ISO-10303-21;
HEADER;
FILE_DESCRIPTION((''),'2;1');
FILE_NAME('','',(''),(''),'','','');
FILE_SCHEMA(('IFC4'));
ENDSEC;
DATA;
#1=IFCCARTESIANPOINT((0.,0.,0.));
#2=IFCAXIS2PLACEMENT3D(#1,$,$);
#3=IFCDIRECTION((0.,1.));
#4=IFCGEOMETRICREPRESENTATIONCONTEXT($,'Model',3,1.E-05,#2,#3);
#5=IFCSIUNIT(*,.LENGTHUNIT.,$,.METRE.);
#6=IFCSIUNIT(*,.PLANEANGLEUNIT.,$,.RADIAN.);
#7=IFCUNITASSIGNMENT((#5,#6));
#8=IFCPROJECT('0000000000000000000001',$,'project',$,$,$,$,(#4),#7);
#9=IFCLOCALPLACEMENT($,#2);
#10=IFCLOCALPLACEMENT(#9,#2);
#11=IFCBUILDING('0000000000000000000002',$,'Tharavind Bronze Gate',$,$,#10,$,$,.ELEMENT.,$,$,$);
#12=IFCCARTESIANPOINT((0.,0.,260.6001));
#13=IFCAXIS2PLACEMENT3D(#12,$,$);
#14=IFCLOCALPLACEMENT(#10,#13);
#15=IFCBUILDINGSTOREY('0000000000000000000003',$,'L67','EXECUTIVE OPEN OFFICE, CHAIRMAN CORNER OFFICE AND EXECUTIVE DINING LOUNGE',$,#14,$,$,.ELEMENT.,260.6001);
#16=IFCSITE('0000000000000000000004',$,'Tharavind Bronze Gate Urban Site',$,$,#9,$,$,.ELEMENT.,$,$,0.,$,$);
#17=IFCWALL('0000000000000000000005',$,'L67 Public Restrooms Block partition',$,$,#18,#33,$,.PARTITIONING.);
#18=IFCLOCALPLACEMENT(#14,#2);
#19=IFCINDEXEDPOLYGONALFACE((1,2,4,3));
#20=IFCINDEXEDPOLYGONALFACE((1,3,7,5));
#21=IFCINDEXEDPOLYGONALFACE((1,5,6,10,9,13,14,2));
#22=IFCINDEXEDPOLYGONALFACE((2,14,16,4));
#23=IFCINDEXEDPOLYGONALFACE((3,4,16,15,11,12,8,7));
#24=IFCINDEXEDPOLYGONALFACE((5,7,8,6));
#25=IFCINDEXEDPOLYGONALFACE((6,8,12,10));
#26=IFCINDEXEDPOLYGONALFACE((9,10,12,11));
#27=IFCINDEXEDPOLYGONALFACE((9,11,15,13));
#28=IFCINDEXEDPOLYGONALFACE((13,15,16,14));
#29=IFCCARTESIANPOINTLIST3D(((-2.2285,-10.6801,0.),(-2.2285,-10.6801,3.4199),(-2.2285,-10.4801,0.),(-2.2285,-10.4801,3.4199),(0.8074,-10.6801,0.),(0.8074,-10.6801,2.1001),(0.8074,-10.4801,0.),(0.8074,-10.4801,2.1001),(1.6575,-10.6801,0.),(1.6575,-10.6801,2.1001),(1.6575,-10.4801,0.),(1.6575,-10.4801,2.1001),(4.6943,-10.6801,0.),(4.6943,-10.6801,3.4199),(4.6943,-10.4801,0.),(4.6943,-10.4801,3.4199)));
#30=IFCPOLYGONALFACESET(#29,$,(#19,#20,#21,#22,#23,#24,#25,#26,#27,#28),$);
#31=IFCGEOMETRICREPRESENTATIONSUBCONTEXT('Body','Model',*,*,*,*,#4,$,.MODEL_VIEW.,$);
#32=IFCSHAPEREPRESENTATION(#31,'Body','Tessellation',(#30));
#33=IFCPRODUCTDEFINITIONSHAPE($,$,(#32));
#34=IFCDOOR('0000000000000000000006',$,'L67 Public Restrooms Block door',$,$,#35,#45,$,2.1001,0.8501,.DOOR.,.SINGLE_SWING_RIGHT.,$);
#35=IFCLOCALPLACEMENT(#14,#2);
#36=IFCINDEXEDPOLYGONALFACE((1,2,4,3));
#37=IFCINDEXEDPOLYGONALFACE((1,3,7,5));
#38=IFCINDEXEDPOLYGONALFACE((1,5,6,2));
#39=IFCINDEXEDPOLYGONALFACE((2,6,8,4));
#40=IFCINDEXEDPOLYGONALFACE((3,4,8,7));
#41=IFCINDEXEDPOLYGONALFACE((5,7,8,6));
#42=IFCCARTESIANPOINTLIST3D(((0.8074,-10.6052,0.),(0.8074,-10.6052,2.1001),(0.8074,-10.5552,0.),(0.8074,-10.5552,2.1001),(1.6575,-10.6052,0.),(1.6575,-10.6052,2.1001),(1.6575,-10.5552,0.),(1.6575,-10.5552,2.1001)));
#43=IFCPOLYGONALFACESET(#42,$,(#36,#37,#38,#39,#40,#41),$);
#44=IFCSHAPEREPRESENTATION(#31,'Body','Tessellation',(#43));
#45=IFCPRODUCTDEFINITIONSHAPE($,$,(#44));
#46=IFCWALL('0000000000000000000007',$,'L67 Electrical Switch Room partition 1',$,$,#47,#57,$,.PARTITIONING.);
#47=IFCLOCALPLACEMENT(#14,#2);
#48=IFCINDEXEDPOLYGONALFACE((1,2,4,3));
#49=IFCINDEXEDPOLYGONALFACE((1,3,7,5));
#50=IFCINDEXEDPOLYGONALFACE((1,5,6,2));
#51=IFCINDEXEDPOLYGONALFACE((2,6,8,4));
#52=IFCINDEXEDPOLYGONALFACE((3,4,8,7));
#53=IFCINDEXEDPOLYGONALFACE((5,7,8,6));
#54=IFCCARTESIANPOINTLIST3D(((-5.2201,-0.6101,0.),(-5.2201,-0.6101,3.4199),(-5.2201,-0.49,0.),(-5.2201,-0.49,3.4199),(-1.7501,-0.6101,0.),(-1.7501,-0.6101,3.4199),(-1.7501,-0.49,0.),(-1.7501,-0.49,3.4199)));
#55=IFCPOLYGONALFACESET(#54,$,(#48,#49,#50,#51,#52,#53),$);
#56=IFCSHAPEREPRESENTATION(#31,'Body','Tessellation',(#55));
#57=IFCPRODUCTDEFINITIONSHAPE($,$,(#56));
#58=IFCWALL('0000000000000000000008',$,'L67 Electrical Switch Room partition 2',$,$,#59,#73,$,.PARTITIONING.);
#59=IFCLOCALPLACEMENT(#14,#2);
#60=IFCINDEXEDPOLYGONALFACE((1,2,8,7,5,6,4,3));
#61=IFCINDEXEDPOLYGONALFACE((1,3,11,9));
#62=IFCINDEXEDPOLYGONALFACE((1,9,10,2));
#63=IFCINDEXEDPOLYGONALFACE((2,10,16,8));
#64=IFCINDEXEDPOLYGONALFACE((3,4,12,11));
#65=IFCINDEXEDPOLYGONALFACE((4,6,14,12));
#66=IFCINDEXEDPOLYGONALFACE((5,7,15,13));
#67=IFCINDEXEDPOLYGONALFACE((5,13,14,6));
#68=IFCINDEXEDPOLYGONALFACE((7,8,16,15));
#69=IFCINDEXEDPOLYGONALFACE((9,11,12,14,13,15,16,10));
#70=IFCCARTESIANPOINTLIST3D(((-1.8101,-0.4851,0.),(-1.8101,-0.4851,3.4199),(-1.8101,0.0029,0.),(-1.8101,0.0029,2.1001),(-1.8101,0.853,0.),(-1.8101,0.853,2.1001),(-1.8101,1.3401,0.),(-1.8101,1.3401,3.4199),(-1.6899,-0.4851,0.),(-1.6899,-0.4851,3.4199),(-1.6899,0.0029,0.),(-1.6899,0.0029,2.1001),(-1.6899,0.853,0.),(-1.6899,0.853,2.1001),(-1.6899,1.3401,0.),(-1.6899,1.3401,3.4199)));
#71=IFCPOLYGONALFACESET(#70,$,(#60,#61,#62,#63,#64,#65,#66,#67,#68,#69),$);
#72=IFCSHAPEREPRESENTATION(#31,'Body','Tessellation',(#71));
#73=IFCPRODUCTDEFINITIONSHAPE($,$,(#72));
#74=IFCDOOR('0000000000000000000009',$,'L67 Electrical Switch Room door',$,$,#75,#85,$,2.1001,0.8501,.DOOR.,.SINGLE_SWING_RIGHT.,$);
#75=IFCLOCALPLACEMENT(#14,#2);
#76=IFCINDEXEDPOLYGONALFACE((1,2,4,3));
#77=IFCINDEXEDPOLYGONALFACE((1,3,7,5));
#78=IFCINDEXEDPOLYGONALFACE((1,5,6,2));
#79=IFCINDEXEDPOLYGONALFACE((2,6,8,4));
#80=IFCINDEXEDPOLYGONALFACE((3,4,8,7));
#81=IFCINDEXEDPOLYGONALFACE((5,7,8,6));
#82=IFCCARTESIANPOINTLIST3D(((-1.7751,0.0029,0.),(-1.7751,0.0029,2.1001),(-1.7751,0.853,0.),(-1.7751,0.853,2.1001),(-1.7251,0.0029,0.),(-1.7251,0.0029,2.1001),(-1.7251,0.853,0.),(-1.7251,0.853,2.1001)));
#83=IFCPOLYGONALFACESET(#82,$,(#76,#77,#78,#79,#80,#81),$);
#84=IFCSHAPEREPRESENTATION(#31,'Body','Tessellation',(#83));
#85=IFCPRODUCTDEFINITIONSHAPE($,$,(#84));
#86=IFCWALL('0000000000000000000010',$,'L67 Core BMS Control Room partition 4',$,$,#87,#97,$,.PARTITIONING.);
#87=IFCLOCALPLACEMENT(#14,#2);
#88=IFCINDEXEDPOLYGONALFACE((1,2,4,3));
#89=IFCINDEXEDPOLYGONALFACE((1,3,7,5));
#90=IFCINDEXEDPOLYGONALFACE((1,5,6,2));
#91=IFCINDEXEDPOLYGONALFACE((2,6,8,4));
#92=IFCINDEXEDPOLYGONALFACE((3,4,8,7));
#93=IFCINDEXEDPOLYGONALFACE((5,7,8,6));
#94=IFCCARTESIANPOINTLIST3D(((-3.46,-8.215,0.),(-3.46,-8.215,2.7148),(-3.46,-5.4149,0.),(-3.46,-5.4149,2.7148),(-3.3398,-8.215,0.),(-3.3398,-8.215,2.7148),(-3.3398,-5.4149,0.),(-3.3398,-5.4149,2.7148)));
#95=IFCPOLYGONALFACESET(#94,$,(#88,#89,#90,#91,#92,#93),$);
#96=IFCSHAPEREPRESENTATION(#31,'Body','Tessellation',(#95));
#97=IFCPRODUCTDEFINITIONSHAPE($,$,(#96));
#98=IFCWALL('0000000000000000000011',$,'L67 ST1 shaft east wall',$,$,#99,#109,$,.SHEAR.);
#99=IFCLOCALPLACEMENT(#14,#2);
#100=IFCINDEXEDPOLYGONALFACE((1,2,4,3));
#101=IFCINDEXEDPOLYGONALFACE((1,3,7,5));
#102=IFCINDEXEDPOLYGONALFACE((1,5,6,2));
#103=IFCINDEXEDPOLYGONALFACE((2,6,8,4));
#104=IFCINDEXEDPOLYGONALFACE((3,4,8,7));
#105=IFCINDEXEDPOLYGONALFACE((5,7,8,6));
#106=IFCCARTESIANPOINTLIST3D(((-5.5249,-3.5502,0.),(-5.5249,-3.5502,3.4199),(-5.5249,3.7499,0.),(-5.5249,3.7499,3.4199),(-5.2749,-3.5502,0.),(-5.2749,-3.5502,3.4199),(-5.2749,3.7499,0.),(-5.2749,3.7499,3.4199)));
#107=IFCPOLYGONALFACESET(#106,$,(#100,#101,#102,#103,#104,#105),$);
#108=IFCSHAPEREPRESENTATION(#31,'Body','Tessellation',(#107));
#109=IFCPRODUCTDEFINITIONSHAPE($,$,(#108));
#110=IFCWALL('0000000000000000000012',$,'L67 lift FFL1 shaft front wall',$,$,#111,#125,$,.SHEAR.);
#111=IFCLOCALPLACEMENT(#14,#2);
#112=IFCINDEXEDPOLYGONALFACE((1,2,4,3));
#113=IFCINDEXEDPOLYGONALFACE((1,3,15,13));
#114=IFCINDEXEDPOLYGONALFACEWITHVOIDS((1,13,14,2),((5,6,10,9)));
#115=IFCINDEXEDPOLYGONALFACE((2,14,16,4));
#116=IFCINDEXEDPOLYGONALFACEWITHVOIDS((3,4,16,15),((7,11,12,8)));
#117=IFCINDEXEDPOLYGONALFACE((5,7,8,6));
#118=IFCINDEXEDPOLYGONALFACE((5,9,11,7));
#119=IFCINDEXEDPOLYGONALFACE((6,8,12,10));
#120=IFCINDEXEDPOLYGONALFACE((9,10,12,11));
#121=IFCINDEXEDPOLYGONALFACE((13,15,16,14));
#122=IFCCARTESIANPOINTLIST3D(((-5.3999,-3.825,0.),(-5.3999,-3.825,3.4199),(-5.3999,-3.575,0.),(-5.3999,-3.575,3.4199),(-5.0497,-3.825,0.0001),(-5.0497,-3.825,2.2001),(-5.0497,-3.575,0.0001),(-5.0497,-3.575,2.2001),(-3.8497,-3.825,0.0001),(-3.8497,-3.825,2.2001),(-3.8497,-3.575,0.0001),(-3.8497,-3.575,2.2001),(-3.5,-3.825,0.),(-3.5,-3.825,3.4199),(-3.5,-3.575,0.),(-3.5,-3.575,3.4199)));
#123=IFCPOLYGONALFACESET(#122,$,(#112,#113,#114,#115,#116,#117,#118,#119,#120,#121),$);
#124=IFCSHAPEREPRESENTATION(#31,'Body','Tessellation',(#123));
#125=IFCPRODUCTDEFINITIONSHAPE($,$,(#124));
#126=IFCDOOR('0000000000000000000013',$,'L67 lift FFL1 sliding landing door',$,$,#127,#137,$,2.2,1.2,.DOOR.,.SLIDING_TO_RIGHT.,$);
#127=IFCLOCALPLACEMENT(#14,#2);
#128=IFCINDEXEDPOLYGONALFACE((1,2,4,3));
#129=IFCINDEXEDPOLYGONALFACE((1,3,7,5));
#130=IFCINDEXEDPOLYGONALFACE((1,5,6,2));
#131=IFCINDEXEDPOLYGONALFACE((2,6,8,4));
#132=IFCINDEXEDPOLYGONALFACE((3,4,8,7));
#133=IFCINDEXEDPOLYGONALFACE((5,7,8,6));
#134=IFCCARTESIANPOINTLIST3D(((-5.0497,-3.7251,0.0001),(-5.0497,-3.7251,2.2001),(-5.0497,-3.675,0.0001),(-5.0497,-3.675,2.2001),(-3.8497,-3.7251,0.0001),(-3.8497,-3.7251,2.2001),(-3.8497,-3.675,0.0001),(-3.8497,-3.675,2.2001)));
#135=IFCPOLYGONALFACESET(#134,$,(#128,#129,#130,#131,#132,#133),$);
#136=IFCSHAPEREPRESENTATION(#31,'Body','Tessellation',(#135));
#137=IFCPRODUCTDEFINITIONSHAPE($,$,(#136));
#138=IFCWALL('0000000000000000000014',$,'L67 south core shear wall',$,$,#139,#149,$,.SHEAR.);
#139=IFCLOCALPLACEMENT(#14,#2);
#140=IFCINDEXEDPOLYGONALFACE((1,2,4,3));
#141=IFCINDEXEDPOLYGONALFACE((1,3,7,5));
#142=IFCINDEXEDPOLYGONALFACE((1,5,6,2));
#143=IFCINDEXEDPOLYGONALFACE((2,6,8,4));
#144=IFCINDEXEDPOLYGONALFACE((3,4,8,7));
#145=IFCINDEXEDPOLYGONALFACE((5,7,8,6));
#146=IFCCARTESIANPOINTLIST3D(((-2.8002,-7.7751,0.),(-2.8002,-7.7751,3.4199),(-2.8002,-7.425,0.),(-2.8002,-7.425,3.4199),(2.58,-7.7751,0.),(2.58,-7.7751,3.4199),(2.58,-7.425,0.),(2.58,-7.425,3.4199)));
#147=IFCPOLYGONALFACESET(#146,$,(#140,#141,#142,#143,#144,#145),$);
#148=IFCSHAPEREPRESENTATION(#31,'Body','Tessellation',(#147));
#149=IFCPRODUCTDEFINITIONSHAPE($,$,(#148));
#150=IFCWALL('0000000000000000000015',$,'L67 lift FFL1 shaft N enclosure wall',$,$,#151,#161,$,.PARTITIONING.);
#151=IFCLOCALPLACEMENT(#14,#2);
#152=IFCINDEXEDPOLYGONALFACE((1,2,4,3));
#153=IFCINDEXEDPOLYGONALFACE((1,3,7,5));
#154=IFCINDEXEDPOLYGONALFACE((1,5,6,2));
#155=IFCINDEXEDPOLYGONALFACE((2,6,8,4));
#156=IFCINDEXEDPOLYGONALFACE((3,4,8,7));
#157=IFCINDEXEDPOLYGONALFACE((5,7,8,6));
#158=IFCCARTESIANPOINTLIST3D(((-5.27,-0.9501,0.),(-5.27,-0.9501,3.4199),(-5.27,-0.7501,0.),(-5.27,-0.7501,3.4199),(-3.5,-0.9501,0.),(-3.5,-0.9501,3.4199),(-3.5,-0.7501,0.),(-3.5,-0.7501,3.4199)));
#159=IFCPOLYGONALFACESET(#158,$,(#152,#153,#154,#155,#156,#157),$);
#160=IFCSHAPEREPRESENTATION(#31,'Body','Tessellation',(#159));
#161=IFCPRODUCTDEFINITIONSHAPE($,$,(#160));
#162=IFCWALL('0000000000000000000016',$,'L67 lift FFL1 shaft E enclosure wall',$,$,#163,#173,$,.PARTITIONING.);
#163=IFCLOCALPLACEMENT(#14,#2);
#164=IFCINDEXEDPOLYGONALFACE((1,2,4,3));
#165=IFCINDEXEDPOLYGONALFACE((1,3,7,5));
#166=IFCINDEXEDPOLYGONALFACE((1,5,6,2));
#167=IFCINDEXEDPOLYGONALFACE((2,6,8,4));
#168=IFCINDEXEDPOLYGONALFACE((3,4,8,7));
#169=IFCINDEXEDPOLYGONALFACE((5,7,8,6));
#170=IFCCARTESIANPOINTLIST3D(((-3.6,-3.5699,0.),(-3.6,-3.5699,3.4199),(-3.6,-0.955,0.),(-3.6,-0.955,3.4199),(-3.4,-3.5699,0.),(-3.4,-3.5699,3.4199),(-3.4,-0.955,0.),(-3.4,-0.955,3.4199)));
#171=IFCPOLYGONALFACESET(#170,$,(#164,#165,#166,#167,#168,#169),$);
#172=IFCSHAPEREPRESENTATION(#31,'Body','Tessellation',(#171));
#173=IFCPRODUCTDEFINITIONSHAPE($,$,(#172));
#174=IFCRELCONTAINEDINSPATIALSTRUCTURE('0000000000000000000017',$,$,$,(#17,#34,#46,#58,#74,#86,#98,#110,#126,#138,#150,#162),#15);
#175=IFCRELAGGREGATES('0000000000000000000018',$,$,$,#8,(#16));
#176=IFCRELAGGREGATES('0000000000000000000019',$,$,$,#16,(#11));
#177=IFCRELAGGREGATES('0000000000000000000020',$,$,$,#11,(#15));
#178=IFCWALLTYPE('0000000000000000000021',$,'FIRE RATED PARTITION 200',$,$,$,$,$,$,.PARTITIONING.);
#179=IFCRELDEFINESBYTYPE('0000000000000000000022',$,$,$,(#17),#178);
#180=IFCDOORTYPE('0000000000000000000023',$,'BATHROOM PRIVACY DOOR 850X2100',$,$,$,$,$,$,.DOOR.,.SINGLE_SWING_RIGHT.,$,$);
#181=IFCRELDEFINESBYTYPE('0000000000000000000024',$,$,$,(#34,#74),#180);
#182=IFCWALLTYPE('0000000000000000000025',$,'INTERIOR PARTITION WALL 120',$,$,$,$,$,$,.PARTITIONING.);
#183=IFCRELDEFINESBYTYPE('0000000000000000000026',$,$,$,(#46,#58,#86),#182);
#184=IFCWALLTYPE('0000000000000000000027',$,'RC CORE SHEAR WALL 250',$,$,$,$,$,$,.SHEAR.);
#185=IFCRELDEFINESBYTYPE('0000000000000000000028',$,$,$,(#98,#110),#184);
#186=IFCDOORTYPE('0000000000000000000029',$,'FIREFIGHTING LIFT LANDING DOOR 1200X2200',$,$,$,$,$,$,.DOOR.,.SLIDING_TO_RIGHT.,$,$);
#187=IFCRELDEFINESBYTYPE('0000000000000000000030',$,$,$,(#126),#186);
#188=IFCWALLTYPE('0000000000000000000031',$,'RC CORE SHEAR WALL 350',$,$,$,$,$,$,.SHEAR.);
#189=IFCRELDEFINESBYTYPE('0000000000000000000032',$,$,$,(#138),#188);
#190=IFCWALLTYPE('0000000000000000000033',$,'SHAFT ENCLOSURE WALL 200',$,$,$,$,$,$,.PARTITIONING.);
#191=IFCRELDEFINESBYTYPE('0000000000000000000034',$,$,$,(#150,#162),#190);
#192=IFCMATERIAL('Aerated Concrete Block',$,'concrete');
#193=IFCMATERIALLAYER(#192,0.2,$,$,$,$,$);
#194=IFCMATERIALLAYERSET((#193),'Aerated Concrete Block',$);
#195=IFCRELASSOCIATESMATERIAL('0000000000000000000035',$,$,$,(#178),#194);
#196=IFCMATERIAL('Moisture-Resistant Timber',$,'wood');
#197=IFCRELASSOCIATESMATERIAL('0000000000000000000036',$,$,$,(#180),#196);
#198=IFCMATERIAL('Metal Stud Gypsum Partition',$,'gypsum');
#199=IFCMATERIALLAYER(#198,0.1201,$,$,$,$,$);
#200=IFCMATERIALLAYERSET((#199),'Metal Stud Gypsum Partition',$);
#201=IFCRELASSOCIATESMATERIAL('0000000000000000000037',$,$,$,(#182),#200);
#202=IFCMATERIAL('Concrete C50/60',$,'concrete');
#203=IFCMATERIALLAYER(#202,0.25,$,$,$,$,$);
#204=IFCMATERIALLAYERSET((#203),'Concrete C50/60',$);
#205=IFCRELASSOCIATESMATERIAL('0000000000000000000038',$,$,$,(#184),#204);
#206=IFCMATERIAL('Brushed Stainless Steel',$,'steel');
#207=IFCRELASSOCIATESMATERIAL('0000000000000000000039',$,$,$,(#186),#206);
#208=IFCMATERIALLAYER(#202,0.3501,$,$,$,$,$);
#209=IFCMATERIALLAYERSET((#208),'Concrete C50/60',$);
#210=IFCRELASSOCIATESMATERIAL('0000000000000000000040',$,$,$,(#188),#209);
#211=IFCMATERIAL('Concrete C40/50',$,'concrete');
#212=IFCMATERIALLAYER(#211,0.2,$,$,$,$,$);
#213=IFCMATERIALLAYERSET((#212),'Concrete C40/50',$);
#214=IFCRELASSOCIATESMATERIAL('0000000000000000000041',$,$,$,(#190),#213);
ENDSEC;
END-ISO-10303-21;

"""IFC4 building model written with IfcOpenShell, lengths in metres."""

from ifc_helpers import new_model, si_unit, direction, frame, frame_2d, origin, place, context, subcontext, project, spatial, rectangle, extrude, material, layer, layer_set, type_object, element, fill, save


model = new_model("IFC4")

# Units and contexts
model_context = context("Model", 3, precision=1e-05, world=origin(), true_north=direction((0.0, 1.0)))
body_context = subcontext(model_context, "Body", "Model", "MODEL_VIEW")
ifc_project = project(units=[si_unit("LENGTHUNIT", "METRE"), si_unit("PLANEANGLEUNIT", "RADIAN")], contexts=[model_context])

# Site, building, storey
site_placement = place(None, origin())
site = spatial("IfcSite", under=ifc_project, at=site_placement, Name="Tharavind Bronze Gate Urban Site", CompositionType="ELEMENT", RefElevation=0.0)
building_placement = place(site_placement, origin())
building = spatial("IfcBuilding", under=site, at=building_placement, Name="Tharavind Bronze Gate", CompositionType="ELEMENT")
storey_placement = place(building_placement, frame((0.0, 0.0, 260.6001)))
storey = spatial("IfcBuildingStorey", under=building, at=storey_placement, Name="L67", Description="EXECUTIVE OPEN OFFICE, CHAIRMAN CORNER OFFICE AND EXECUTIVE DINING LOUNGE", CompositionType="ELEMENT", Elevation=260.6001)

# Shared definitions
ifc_material_1 = material(Name="Concrete C50/60", Category="concrete")

# Shared definitions
ifc_material_2 = material(Name="Concrete C40/50", Category="concrete")

# Wall, opening, door
ifc_material_3 = material(Name="Aerated Concrete Block", Category="concrete")
ifc_layer_1 = layer(ifc_material_3, 0.2)
ifc_layer_set_1 = layer_set([ifc_layer_1], Name="Aerated Concrete Block")
wall_type_1 = type_object("IfcWallType", Name="FIRE RATED PARTITION 200", PredefinedType="PARTITIONING", material=ifc_layer_set_1)
wall_1_placement = place(storey_placement, frame((-2.2285, -10.5801, 0.0), z_axis=(0.0, 0.0, 1.0), x_axis=(1.0, 0.0, 0.0)))
wall_1 = element("IfcWall", 1, at=wall_1_placement, inside=storey, type_object=wall_type_1, Name="L67 Public Restrooms Block partition", PredefinedType="PARTITIONING", context=body_context, shape_type="SweptSolid", body=[
    extrude(rectangle(XDim=6.9229, YDim=0.2, at=frame_2d((3.4614, 0.0))), origin(), (0.0, 0.0, 1.0), 3.4199),
])
opening_1_placement = place(wall_1_placement, frame((3.0359, 0.0, 0.0)))
opening_1 = element("IfcOpeningElement", 2, at=opening_1_placement, cuts=wall_1, PredefinedType="OPENING", context=body_context, shape_type="SweptSolid", body=[
    extrude(rectangle(XDim=0.8501, YDim=2.1001, at=frame_2d((0.425, 1.05))), frame((0.0, 0.1101, 0.0), z_axis=(0.0, -1.0, 0.0), x_axis=(1.0, 0.0, 0.0)), (0.0, 0.0, 1.0), 0.22),
])
ifc_material_4 = material(Name="Moisture-Resistant Timber", Category="wood")
door_type_1 = type_object("IfcDoorType", Name="BATHROOM PRIVACY DOOR 850X2100", OperationType="SINGLE_SWING_RIGHT", PredefinedType="DOOR", material=ifc_material_4)
door_1_placement = place(opening_1_placement, origin())
door_1 = element("IfcDoor", 3, at=door_1_placement, inside=storey, type_object=door_type_1, Name="L67 Public Restrooms Block door", OperationType="SINGLE_SWING_RIGHT", OverallHeight=2.1001, OverallWidth=0.8501, PredefinedType="DOOR", context=body_context, shape_type="SweptSolid", body=[
    extrude(rectangle(XDim=0.8501, YDim=2.1001, at=frame_2d((0.425, 1.05))), frame((0.0, 0.0249, 0.0), z_axis=(0.0, -1.0, 0.0), x_axis=(1.0, 0.0, 0.0)), (0.0, 0.0, 1.0), 0.05),
])
fill(opening_1, door_1)

# Wall
ifc_material_5 = material(Name="Metal Stud Gypsum Partition", Category="gypsum")
ifc_layer_2 = layer(ifc_material_5, 0.1201)
ifc_layer_set_2 = layer_set([ifc_layer_2], Name="Metal Stud Gypsum Partition")
wall_type_2 = type_object("IfcWallType", Name="INTERIOR PARTITION WALL 120", PredefinedType="PARTITIONING", material=ifc_layer_set_2)
wall_2_placement = place(storey_placement, frame((-5.22, -0.55, 0.0), z_axis=(0.0, 0.0, 1.0), x_axis=(1.0, 0.0, 0.0)))
element("IfcWall", 4, at=wall_2_placement, inside=storey, type_object=wall_type_2, Name="L67 Electrical Switch Room partition 1", PredefinedType="PARTITIONING", context=body_context, shape_type="SweptSolid", body=[
    extrude(rectangle(XDim=3.47, YDim=0.1201, at=frame_2d((1.7349, 0.0))), origin(), (0.0, 0.0, 1.0), 3.4199),
])

# Wall, opening, door
wall_3_placement = place(storey_placement, frame((-1.75, -0.4851, 0.0), z_axis=(0.0, 0.0, 1.0), x_axis=(0.0, 1.0, 0.0)))
wall_3 = element("IfcWall", 5, at=wall_3_placement, inside=storey, type_object=wall_type_2, Name="L67 Electrical Switch Room partition 2", PredefinedType="PARTITIONING", context=body_context, shape_type="SweptSolid", body=[
    extrude(rectangle(XDim=1.8252, YDim=0.1201, at=frame_2d((0.9126, 0.0))), origin(), (0.0, 0.0, 1.0), 3.4199),
])
opening_2_placement = place(wall_3_placement, frame((0.488, 0.0, 0.0)))
opening_2 = element("IfcOpeningElement", 6, at=opening_2_placement, cuts=wall_3, PredefinedType="OPENING", context=body_context, shape_type="SweptSolid", body=[
    extrude(rectangle(XDim=0.8501, YDim=2.1001, at=frame_2d((0.425, 1.05))), frame((0.0, 0.0701, 0.0), z_axis=(0.0, -1.0, 0.0), x_axis=(1.0, 0.0, 0.0)), (0.0, 0.0, 1.0), 0.1401),
])
door_2_placement = place(opening_2_placement, frame((0.8501, 0.0, 0.0), z_axis=(0.0, 0.0, 1.0), x_axis=(-1.0, 0.0, 0.0)))
door_2 = element("IfcDoor", 7, at=door_2_placement, inside=storey, type_object=door_type_1, Name="L67 Electrical Switch Room door", OperationType="SINGLE_SWING_RIGHT", OverallHeight=2.1001, OverallWidth=0.8501, PredefinedType="DOOR", context=body_context, shape_type="SweptSolid", body=[
    extrude(rectangle(XDim=0.8501, YDim=2.1001, at=frame_2d((0.425, 1.05))), frame((0.0, 0.0249, 0.0), z_axis=(0.0, -1.0, 0.0), x_axis=(1.0, 0.0, 0.0)), (0.0, 0.0, 1.0), 0.05),
])
fill(opening_2, door_2)

# Walls
wall_4_placement = place(storey_placement, frame((-3.3999, -5.415, 0.0), z_axis=(0.0, 0.0, 1.0), x_axis=(0.0, -1.0, 0.0)))
element("IfcWall", 8, at=wall_4_placement, inside=storey, type_object=wall_type_2, Name="L67 Core BMS Control Room partition 4", PredefinedType="PARTITIONING", context=body_context, shape_type="SweptSolid", body=[
    extrude(rectangle(XDim=2.8, YDim=0.1201, at=frame_2d((1.3999, 0.0))), origin(), (0.0, 0.0, 1.0), 2.7148),
])
ifc_layer_3 = layer(ifc_material_1, 0.25)
ifc_layer_set_3 = layer_set([ifc_layer_3], Name="Concrete C50/60")
wall_type_3 = type_object("IfcWallType", Name="RC CORE SHEAR WALL 250", PredefinedType="SHEAR", material=ifc_layer_set_3)
wall_5_placement = place(storey_placement, frame((-5.3999, -3.55, 0.0), z_axis=(0.0, 0.0, 1.0), x_axis=(0.0, 1.0, 0.0)))
element("IfcWall", 9, at=wall_5_placement, inside=storey, type_object=wall_type_3, Name="L67 ST1 shaft east wall", PredefinedType="SHEAR", context=body_context, shape_type="SweptSolid", body=[
    extrude(rectangle(XDim=7.3, YDim=0.25, at=frame_2d((3.6499, 0.0))), origin(), (0.0, 0.0, 1.0), 3.4199),
])

# Wall, opening, door
wall_6_placement = place(storey_placement, frame((-5.3999, -3.7, 0.0), z_axis=(0.0, 0.0, 1.0), x_axis=(1.0, 0.0, 0.0)))
wall_6 = element("IfcWall", 10, at=wall_6_placement, inside=storey, type_object=wall_type_3, Name="L67 lift FFL1 shaft front wall", PredefinedType="SHEAR", context=body_context, shape_type="SweptSolid", body=[
    extrude(rectangle(XDim=1.8999, YDim=0.25, at=frame_2d((0.95, 0.0))), origin(), (0.0, 0.0, 1.0), 3.4199),
])
opening_3_placement = place(wall_6_placement, frame((0.3501, 0.0, 0.0)))
opening_3 = element("IfcOpeningElement", 11, at=opening_3_placement, cuts=wall_6, PredefinedType="OPENING", context=body_context, shape_type="SweptSolid", body=[
    extrude(rectangle(XDim=1.2, YDim=2.2, at=frame_2d((0.6001, 1.1001))), frame((0.0, 0.135, 0.0), z_axis=(0.0, -1.0, 0.0), x_axis=(1.0, 0.0, 0.0)), (0.0, 0.0, 1.0), 0.27),
])
ifc_material_6 = material(Name="Brushed Stainless Steel", Category="steel")
door_type_2 = type_object("IfcDoorType", Name="FIREFIGHTING LIFT LANDING DOOR 1200X2200", OperationType="SLIDING_TO_RIGHT", PredefinedType="DOOR", material=ifc_material_6)
door_3_placement = place(opening_3_placement, origin())
door_3 = element("IfcDoor", 12, at=door_3_placement, inside=storey, type_object=door_type_2, Name="L67 lift FFL1 sliding landing door", OperationType="SLIDING_TO_RIGHT", OverallHeight=2.2, OverallWidth=1.2, PredefinedType="DOOR", context=body_context, shape_type="SweptSolid", body=[
    extrude(rectangle(XDim=1.2, YDim=2.2, at=frame_2d((0.6001, 1.1001))), frame((0.0, 0.0249, 0.0), z_axis=(0.0, -1.0, 0.0), x_axis=(1.0, 0.0, 0.0)), (0.0, 0.0, 1.0), 0.05),
])
fill(opening_3, door_3)

# Walls
ifc_layer_4 = layer(ifc_material_1, 0.3501)
ifc_layer_set_4 = layer_set([ifc_layer_4], Name="Concrete C50/60")
wall_type_4 = type_object("IfcWallType", Name="RC CORE SHEAR WALL 350", PredefinedType="SHEAR", material=ifc_layer_set_4)
wall_7_placement = place(storey_placement, frame((-2.8, -7.6001, 0.0), z_axis=(0.0, 0.0, 1.0), x_axis=(1.0, 0.0, 0.0)))
element("IfcWall", 13, at=wall_7_placement, inside=storey, type_object=wall_type_4, Name="L67 south core shear wall", PredefinedType="SHEAR", context=body_context, shape_type="SweptSolid", body=[
    extrude(rectangle(XDim=5.3801, YDim=0.3501, at=frame_2d((2.6899, 0.0))), origin(), (0.0, 0.0, 1.0), 3.4199),
])
ifc_layer_5 = layer(ifc_material_2, 0.2)
ifc_layer_set_5 = layer_set([ifc_layer_5], Name="Concrete C40/50")
wall_type_5 = type_object("IfcWallType", Name="SHAFT ENCLOSURE WALL 200", PredefinedType="PARTITIONING", material=ifc_layer_set_5)
wall_8_placement = place(storey_placement, frame((-5.27, -0.8501, 0.0), z_axis=(0.0, 0.0, 1.0), x_axis=(1.0, 0.0, 0.0)))
element("IfcWall", 14, at=wall_8_placement, inside=storey, type_object=wall_type_5, Name="L67 lift FFL1 shaft N enclosure wall", PredefinedType="PARTITIONING", context=body_context, shape_type="SweptSolid", body=[
    extrude(rectangle(XDim=1.77, YDim=0.2, at=frame_2d((0.885, 0.0))), origin(), (0.0, 0.0, 1.0), 3.4199),
])
wall_9_placement = place(storey_placement, frame((-3.5, -3.5701, 0.0), z_axis=(0.0, 0.0, 1.0), x_axis=(0.0, 1.0, 0.0)))
element("IfcWall", 15, at=wall_9_placement, inside=storey, type_object=wall_type_5, Name="L67 lift FFL1 shaft E enclosure wall", PredefinedType="PARTITIONING", context=body_context, shape_type="SweptSolid", body=[
    extrude(rectangle(XDim=2.615, YDim=0.2, at=frame_2d((1.3076, 0.0))), origin(), (0.0, 0.0, 1.0), 3.4199),
])

save(model, "model.ifc")
